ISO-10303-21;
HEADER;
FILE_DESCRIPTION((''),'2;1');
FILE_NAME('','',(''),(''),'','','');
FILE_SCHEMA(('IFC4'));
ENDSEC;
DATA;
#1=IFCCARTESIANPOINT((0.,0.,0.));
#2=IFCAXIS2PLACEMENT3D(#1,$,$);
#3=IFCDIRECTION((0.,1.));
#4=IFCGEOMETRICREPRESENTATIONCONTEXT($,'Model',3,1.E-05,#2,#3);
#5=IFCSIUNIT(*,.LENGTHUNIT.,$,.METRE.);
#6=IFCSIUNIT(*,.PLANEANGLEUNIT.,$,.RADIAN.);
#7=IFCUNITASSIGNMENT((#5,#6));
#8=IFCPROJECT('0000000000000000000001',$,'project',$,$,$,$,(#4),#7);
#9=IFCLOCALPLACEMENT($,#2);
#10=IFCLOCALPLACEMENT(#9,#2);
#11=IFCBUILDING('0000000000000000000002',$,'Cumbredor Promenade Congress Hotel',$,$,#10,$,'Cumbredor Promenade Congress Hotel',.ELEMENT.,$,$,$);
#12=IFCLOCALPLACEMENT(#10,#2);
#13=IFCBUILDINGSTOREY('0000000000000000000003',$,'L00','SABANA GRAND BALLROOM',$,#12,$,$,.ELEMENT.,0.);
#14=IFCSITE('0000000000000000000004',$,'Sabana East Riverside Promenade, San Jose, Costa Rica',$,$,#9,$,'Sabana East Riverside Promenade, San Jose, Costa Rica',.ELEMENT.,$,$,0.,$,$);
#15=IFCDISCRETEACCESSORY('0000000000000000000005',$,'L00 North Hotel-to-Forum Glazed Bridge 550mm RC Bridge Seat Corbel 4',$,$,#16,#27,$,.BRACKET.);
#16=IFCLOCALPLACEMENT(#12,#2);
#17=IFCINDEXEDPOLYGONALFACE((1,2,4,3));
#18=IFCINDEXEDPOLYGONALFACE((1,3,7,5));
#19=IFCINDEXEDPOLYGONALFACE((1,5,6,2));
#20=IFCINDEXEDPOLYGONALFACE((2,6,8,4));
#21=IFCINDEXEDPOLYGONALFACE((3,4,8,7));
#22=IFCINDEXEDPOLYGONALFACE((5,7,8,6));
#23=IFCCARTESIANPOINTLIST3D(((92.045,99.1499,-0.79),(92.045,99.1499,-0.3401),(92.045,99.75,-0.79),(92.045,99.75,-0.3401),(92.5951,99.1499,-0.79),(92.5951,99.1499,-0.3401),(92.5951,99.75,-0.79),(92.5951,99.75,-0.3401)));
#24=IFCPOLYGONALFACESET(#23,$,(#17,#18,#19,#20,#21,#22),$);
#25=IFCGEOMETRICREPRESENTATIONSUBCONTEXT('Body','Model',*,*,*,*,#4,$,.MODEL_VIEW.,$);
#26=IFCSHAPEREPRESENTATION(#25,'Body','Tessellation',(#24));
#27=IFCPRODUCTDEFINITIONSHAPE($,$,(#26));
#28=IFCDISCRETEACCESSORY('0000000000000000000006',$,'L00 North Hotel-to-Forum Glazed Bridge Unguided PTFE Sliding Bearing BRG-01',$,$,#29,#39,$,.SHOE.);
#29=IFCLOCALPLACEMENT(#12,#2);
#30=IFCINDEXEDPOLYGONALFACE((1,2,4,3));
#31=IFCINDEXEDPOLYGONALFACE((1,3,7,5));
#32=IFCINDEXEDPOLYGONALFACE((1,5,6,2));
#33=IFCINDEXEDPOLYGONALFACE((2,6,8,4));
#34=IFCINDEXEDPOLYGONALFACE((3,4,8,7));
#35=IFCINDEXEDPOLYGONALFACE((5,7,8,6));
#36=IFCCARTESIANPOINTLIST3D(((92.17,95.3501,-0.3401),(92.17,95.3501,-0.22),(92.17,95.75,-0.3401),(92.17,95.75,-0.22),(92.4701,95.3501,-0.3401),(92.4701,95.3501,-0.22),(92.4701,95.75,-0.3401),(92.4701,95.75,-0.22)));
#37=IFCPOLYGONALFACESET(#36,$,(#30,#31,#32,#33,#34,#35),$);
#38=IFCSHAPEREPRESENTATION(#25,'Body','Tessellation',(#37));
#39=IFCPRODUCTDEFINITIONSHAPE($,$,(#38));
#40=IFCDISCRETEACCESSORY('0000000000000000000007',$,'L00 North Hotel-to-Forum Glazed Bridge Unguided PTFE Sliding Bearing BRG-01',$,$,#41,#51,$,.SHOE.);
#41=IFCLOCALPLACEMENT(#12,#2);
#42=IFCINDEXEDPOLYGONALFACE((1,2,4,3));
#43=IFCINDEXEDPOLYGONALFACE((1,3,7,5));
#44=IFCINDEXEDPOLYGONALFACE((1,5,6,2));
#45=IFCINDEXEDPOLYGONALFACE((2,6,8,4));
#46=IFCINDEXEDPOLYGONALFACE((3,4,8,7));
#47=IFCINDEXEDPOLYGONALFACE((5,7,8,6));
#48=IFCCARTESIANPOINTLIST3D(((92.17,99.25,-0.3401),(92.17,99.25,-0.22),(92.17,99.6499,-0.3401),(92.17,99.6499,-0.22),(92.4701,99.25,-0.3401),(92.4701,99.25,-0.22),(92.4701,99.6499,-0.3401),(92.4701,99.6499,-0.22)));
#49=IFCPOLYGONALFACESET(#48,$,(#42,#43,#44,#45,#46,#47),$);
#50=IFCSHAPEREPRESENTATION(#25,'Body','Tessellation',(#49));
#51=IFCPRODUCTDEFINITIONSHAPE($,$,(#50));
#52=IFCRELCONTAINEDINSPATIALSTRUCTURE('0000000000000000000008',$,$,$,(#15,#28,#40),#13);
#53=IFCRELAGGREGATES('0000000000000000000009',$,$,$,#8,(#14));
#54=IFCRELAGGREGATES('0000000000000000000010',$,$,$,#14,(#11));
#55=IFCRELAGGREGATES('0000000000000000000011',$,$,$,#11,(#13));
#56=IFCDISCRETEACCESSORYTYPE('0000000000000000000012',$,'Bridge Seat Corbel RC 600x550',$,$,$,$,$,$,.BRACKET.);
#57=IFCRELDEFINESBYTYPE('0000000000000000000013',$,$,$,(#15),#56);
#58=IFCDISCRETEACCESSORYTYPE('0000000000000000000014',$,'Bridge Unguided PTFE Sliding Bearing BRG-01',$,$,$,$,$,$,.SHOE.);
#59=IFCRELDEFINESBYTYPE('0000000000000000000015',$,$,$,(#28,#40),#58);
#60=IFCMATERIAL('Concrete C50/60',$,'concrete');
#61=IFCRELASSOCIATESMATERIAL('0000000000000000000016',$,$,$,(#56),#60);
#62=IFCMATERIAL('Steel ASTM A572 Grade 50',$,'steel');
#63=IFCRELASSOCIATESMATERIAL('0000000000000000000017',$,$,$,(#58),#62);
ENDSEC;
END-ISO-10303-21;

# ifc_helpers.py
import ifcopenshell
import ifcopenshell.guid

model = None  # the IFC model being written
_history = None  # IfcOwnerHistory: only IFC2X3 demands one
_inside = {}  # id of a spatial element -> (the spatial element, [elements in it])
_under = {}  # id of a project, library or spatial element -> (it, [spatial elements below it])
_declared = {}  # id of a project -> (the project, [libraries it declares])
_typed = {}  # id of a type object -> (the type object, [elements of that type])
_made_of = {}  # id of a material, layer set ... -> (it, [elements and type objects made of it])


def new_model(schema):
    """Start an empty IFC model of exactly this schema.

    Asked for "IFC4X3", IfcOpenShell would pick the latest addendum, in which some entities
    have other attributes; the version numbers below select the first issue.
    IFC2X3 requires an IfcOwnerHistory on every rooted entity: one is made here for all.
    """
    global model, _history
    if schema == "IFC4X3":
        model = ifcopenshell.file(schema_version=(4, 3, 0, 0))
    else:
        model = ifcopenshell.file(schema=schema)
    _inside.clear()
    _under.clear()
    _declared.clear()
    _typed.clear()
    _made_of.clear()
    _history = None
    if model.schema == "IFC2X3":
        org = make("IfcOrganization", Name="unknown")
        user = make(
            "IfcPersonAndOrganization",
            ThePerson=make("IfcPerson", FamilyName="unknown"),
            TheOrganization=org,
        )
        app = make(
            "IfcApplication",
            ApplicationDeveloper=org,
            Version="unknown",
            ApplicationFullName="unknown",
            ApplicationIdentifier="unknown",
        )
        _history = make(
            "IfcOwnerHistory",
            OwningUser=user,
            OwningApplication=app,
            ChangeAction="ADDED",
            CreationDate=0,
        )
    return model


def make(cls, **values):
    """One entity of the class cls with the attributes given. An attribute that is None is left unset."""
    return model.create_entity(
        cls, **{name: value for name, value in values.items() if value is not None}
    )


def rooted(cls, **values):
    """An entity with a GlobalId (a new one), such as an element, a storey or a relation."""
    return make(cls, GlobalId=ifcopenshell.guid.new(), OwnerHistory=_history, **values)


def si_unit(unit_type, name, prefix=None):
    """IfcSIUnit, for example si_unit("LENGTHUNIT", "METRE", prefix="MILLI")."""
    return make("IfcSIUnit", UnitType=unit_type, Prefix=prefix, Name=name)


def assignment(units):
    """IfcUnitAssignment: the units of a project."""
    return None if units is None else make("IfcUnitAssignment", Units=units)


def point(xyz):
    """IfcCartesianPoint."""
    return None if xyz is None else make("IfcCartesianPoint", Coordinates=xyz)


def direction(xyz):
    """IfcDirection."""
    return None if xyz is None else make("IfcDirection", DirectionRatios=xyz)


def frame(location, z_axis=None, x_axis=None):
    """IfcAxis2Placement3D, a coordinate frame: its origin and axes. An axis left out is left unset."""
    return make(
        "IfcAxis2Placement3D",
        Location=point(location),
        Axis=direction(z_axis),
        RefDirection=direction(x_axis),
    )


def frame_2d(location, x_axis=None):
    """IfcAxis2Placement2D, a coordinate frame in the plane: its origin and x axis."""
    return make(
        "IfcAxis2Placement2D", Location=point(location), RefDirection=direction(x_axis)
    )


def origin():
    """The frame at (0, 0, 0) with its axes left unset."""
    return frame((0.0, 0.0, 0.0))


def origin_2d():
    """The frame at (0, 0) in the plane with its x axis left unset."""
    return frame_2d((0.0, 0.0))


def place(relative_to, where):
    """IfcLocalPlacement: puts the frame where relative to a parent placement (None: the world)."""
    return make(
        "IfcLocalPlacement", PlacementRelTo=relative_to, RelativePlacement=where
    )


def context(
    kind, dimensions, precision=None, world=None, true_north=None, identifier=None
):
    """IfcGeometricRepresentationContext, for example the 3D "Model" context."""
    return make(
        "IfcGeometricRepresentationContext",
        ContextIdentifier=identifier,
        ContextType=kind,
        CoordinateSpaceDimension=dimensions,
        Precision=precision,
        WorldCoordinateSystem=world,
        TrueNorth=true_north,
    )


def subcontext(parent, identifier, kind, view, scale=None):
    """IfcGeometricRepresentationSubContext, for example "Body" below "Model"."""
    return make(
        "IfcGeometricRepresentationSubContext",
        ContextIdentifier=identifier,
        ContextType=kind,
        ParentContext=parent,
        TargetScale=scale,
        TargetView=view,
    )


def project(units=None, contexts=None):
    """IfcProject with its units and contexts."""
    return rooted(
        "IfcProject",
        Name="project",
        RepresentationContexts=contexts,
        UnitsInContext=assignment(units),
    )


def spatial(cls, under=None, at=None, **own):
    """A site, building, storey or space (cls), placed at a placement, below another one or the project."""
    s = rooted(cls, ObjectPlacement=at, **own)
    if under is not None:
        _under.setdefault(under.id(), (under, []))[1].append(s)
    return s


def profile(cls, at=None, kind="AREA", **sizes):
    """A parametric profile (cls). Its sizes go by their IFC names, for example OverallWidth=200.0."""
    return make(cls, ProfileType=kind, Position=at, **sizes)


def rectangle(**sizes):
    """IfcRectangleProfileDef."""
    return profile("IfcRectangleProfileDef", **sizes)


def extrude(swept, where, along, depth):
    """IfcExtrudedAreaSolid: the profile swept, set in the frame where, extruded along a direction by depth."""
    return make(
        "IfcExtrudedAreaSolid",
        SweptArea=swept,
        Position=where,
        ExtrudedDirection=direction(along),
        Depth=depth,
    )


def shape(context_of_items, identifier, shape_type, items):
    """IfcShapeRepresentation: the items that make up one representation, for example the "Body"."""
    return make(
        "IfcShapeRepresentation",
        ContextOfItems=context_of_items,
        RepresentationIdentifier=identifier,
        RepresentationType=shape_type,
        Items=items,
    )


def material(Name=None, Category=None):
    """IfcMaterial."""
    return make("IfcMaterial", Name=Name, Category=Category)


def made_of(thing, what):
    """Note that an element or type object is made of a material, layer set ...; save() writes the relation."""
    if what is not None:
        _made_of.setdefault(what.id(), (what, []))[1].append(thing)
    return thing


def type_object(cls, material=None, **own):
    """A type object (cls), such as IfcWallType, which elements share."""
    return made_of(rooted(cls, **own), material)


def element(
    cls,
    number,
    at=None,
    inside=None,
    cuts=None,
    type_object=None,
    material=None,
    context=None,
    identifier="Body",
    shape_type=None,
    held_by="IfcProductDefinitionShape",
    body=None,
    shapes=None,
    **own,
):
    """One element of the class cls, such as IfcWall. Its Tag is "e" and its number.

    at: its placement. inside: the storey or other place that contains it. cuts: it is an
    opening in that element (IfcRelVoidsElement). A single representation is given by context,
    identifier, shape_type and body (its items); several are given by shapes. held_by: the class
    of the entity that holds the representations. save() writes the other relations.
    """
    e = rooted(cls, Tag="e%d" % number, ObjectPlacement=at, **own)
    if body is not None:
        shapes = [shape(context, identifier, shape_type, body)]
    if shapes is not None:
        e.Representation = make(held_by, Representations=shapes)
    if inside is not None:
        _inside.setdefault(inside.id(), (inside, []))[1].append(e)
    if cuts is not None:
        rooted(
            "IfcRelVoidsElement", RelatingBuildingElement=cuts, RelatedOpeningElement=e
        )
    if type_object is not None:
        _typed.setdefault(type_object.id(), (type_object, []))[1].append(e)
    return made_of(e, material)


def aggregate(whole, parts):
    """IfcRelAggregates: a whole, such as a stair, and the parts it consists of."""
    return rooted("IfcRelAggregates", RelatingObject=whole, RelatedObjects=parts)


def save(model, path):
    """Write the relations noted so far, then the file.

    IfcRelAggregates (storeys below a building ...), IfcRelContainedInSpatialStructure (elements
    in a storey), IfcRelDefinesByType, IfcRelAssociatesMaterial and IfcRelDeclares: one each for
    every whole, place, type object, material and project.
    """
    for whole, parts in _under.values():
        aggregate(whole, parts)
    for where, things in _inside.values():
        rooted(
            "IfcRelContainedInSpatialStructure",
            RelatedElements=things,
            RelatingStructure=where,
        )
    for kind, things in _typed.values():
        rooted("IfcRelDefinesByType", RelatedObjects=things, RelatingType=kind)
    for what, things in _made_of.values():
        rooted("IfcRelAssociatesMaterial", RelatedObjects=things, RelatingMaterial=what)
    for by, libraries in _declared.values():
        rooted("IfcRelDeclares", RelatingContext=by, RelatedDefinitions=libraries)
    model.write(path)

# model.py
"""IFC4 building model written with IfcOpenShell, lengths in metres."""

from ifc_helpers import new_model, si_unit, direction, frame, origin, origin_2d, place, context, subcontext, project, spatial, rectangle, extrude, material, type_object, element, save


model = new_model("IFC4")

# Units and contexts
model_context = context("Model", 3, precision=1e-05, world=origin(), true_north=direction((0.0, 1.0)))
body_context = subcontext(model_context, "Body", "Model", "MODEL_VIEW")
ifc_project = project(units=[si_unit("LENGTHUNIT", "METRE"), si_unit("PLANEANGLEUNIT", "RADIAN")], contexts=[model_context])

# Site, building, storey
site_placement = place(None, origin())
site = spatial("IfcSite", under=ifc_project, at=site_placement, Name="Sabana East Riverside Promenade, San Jose, Costa Rica", LongName="Sabana East Riverside Promenade, San Jose, Costa Rica", CompositionType="ELEMENT", RefElevation=0.0)
building_placement = place(site_placement, origin())
building = spatial("IfcBuilding", under=site, at=building_placement, Name="Cumbredor Promenade Congress Hotel", LongName="Cumbredor Promenade Congress Hotel", CompositionType="ELEMENT")
storey_placement = place(building_placement, origin())
storey = spatial("IfcBuildingStorey", under=building, at=storey_placement, Name="L00", Description="SABANA GRAND BALLROOM", CompositionType="ELEMENT", Elevation=0.0)

# Shared definitions
ifc_material_1 = material(Name="Steel ASTM A572 Grade 50", Category="steel")

# Discrete accessories
ifc_material_2 = material(Name="Concrete C50/60", Category="concrete")
discrete_accessory_type_1 = type_object("IfcDiscreteAccessoryType", Name="Bridge Seat Corbel RC 600x550", PredefinedType="BRACKET", material=ifc_material_2)
for number, where, z_axis, x_axis, name in (
    (1, (92.3201, 99.45, -0.79), (0.0, 0.0, 1.0), (1.0, 0.0, 0.0), "L00 North Hotel-to-Forum Glazed Bridge 550mm RC Bridge Seat Corbel 4"),
):
    element("IfcDiscreteAccessory", number, at=place(storey_placement, frame(where, z_axis=z_axis, x_axis=x_axis)), inside=storey, type_object=discrete_accessory_type_1, Name=name, PredefinedType="BRACKET", context=body_context, shape_type="SweptSolid", body=[
        extrude(rectangle(XDim=0.55, YDim=0.6001, at=origin_2d()), origin(), (0.0, 0.0, 1.0), 0.45),
    ])
discrete_accessory_type_2 = type_object("IfcDiscreteAccessoryType", Name="Bridge Unguided PTFE Sliding Bearing BRG-01", PredefinedType="SHOE", material=ifc_material_1)
for number, where, z_axis, x_axis, name in (
    (2, (92.3201, 95.55, -0.3401), (0.0, 0.0, 1.0), (1.0, 0.0, 0.0), "L00 North Hotel-to-Forum Glazed Bridge Unguided PTFE Sliding Bearing BRG-01"),
    (3, (92.3201, 99.45, -0.3401), (0.0, 0.0, 1.0), (1.0, 0.0, 0.0), "L00 North Hotel-to-Forum Glazed Bridge Unguided PTFE Sliding Bearing BRG-01"),
):
    element("IfcDiscreteAccessory", number, at=place(storey_placement, frame(where, z_axis=z_axis, x_axis=x_axis)), inside=storey, type_object=discrete_accessory_type_2, Name=name, PredefinedType="SHOE", context=body_context, shape_type="SweptSolid", body=[
        extrude(rectangle(XDim=0.3, YDim=0.3999, at=origin_2d()), origin(), (0.0, 0.0, 1.0), 0.1201),
    ])

save(model, "model.ifc")
